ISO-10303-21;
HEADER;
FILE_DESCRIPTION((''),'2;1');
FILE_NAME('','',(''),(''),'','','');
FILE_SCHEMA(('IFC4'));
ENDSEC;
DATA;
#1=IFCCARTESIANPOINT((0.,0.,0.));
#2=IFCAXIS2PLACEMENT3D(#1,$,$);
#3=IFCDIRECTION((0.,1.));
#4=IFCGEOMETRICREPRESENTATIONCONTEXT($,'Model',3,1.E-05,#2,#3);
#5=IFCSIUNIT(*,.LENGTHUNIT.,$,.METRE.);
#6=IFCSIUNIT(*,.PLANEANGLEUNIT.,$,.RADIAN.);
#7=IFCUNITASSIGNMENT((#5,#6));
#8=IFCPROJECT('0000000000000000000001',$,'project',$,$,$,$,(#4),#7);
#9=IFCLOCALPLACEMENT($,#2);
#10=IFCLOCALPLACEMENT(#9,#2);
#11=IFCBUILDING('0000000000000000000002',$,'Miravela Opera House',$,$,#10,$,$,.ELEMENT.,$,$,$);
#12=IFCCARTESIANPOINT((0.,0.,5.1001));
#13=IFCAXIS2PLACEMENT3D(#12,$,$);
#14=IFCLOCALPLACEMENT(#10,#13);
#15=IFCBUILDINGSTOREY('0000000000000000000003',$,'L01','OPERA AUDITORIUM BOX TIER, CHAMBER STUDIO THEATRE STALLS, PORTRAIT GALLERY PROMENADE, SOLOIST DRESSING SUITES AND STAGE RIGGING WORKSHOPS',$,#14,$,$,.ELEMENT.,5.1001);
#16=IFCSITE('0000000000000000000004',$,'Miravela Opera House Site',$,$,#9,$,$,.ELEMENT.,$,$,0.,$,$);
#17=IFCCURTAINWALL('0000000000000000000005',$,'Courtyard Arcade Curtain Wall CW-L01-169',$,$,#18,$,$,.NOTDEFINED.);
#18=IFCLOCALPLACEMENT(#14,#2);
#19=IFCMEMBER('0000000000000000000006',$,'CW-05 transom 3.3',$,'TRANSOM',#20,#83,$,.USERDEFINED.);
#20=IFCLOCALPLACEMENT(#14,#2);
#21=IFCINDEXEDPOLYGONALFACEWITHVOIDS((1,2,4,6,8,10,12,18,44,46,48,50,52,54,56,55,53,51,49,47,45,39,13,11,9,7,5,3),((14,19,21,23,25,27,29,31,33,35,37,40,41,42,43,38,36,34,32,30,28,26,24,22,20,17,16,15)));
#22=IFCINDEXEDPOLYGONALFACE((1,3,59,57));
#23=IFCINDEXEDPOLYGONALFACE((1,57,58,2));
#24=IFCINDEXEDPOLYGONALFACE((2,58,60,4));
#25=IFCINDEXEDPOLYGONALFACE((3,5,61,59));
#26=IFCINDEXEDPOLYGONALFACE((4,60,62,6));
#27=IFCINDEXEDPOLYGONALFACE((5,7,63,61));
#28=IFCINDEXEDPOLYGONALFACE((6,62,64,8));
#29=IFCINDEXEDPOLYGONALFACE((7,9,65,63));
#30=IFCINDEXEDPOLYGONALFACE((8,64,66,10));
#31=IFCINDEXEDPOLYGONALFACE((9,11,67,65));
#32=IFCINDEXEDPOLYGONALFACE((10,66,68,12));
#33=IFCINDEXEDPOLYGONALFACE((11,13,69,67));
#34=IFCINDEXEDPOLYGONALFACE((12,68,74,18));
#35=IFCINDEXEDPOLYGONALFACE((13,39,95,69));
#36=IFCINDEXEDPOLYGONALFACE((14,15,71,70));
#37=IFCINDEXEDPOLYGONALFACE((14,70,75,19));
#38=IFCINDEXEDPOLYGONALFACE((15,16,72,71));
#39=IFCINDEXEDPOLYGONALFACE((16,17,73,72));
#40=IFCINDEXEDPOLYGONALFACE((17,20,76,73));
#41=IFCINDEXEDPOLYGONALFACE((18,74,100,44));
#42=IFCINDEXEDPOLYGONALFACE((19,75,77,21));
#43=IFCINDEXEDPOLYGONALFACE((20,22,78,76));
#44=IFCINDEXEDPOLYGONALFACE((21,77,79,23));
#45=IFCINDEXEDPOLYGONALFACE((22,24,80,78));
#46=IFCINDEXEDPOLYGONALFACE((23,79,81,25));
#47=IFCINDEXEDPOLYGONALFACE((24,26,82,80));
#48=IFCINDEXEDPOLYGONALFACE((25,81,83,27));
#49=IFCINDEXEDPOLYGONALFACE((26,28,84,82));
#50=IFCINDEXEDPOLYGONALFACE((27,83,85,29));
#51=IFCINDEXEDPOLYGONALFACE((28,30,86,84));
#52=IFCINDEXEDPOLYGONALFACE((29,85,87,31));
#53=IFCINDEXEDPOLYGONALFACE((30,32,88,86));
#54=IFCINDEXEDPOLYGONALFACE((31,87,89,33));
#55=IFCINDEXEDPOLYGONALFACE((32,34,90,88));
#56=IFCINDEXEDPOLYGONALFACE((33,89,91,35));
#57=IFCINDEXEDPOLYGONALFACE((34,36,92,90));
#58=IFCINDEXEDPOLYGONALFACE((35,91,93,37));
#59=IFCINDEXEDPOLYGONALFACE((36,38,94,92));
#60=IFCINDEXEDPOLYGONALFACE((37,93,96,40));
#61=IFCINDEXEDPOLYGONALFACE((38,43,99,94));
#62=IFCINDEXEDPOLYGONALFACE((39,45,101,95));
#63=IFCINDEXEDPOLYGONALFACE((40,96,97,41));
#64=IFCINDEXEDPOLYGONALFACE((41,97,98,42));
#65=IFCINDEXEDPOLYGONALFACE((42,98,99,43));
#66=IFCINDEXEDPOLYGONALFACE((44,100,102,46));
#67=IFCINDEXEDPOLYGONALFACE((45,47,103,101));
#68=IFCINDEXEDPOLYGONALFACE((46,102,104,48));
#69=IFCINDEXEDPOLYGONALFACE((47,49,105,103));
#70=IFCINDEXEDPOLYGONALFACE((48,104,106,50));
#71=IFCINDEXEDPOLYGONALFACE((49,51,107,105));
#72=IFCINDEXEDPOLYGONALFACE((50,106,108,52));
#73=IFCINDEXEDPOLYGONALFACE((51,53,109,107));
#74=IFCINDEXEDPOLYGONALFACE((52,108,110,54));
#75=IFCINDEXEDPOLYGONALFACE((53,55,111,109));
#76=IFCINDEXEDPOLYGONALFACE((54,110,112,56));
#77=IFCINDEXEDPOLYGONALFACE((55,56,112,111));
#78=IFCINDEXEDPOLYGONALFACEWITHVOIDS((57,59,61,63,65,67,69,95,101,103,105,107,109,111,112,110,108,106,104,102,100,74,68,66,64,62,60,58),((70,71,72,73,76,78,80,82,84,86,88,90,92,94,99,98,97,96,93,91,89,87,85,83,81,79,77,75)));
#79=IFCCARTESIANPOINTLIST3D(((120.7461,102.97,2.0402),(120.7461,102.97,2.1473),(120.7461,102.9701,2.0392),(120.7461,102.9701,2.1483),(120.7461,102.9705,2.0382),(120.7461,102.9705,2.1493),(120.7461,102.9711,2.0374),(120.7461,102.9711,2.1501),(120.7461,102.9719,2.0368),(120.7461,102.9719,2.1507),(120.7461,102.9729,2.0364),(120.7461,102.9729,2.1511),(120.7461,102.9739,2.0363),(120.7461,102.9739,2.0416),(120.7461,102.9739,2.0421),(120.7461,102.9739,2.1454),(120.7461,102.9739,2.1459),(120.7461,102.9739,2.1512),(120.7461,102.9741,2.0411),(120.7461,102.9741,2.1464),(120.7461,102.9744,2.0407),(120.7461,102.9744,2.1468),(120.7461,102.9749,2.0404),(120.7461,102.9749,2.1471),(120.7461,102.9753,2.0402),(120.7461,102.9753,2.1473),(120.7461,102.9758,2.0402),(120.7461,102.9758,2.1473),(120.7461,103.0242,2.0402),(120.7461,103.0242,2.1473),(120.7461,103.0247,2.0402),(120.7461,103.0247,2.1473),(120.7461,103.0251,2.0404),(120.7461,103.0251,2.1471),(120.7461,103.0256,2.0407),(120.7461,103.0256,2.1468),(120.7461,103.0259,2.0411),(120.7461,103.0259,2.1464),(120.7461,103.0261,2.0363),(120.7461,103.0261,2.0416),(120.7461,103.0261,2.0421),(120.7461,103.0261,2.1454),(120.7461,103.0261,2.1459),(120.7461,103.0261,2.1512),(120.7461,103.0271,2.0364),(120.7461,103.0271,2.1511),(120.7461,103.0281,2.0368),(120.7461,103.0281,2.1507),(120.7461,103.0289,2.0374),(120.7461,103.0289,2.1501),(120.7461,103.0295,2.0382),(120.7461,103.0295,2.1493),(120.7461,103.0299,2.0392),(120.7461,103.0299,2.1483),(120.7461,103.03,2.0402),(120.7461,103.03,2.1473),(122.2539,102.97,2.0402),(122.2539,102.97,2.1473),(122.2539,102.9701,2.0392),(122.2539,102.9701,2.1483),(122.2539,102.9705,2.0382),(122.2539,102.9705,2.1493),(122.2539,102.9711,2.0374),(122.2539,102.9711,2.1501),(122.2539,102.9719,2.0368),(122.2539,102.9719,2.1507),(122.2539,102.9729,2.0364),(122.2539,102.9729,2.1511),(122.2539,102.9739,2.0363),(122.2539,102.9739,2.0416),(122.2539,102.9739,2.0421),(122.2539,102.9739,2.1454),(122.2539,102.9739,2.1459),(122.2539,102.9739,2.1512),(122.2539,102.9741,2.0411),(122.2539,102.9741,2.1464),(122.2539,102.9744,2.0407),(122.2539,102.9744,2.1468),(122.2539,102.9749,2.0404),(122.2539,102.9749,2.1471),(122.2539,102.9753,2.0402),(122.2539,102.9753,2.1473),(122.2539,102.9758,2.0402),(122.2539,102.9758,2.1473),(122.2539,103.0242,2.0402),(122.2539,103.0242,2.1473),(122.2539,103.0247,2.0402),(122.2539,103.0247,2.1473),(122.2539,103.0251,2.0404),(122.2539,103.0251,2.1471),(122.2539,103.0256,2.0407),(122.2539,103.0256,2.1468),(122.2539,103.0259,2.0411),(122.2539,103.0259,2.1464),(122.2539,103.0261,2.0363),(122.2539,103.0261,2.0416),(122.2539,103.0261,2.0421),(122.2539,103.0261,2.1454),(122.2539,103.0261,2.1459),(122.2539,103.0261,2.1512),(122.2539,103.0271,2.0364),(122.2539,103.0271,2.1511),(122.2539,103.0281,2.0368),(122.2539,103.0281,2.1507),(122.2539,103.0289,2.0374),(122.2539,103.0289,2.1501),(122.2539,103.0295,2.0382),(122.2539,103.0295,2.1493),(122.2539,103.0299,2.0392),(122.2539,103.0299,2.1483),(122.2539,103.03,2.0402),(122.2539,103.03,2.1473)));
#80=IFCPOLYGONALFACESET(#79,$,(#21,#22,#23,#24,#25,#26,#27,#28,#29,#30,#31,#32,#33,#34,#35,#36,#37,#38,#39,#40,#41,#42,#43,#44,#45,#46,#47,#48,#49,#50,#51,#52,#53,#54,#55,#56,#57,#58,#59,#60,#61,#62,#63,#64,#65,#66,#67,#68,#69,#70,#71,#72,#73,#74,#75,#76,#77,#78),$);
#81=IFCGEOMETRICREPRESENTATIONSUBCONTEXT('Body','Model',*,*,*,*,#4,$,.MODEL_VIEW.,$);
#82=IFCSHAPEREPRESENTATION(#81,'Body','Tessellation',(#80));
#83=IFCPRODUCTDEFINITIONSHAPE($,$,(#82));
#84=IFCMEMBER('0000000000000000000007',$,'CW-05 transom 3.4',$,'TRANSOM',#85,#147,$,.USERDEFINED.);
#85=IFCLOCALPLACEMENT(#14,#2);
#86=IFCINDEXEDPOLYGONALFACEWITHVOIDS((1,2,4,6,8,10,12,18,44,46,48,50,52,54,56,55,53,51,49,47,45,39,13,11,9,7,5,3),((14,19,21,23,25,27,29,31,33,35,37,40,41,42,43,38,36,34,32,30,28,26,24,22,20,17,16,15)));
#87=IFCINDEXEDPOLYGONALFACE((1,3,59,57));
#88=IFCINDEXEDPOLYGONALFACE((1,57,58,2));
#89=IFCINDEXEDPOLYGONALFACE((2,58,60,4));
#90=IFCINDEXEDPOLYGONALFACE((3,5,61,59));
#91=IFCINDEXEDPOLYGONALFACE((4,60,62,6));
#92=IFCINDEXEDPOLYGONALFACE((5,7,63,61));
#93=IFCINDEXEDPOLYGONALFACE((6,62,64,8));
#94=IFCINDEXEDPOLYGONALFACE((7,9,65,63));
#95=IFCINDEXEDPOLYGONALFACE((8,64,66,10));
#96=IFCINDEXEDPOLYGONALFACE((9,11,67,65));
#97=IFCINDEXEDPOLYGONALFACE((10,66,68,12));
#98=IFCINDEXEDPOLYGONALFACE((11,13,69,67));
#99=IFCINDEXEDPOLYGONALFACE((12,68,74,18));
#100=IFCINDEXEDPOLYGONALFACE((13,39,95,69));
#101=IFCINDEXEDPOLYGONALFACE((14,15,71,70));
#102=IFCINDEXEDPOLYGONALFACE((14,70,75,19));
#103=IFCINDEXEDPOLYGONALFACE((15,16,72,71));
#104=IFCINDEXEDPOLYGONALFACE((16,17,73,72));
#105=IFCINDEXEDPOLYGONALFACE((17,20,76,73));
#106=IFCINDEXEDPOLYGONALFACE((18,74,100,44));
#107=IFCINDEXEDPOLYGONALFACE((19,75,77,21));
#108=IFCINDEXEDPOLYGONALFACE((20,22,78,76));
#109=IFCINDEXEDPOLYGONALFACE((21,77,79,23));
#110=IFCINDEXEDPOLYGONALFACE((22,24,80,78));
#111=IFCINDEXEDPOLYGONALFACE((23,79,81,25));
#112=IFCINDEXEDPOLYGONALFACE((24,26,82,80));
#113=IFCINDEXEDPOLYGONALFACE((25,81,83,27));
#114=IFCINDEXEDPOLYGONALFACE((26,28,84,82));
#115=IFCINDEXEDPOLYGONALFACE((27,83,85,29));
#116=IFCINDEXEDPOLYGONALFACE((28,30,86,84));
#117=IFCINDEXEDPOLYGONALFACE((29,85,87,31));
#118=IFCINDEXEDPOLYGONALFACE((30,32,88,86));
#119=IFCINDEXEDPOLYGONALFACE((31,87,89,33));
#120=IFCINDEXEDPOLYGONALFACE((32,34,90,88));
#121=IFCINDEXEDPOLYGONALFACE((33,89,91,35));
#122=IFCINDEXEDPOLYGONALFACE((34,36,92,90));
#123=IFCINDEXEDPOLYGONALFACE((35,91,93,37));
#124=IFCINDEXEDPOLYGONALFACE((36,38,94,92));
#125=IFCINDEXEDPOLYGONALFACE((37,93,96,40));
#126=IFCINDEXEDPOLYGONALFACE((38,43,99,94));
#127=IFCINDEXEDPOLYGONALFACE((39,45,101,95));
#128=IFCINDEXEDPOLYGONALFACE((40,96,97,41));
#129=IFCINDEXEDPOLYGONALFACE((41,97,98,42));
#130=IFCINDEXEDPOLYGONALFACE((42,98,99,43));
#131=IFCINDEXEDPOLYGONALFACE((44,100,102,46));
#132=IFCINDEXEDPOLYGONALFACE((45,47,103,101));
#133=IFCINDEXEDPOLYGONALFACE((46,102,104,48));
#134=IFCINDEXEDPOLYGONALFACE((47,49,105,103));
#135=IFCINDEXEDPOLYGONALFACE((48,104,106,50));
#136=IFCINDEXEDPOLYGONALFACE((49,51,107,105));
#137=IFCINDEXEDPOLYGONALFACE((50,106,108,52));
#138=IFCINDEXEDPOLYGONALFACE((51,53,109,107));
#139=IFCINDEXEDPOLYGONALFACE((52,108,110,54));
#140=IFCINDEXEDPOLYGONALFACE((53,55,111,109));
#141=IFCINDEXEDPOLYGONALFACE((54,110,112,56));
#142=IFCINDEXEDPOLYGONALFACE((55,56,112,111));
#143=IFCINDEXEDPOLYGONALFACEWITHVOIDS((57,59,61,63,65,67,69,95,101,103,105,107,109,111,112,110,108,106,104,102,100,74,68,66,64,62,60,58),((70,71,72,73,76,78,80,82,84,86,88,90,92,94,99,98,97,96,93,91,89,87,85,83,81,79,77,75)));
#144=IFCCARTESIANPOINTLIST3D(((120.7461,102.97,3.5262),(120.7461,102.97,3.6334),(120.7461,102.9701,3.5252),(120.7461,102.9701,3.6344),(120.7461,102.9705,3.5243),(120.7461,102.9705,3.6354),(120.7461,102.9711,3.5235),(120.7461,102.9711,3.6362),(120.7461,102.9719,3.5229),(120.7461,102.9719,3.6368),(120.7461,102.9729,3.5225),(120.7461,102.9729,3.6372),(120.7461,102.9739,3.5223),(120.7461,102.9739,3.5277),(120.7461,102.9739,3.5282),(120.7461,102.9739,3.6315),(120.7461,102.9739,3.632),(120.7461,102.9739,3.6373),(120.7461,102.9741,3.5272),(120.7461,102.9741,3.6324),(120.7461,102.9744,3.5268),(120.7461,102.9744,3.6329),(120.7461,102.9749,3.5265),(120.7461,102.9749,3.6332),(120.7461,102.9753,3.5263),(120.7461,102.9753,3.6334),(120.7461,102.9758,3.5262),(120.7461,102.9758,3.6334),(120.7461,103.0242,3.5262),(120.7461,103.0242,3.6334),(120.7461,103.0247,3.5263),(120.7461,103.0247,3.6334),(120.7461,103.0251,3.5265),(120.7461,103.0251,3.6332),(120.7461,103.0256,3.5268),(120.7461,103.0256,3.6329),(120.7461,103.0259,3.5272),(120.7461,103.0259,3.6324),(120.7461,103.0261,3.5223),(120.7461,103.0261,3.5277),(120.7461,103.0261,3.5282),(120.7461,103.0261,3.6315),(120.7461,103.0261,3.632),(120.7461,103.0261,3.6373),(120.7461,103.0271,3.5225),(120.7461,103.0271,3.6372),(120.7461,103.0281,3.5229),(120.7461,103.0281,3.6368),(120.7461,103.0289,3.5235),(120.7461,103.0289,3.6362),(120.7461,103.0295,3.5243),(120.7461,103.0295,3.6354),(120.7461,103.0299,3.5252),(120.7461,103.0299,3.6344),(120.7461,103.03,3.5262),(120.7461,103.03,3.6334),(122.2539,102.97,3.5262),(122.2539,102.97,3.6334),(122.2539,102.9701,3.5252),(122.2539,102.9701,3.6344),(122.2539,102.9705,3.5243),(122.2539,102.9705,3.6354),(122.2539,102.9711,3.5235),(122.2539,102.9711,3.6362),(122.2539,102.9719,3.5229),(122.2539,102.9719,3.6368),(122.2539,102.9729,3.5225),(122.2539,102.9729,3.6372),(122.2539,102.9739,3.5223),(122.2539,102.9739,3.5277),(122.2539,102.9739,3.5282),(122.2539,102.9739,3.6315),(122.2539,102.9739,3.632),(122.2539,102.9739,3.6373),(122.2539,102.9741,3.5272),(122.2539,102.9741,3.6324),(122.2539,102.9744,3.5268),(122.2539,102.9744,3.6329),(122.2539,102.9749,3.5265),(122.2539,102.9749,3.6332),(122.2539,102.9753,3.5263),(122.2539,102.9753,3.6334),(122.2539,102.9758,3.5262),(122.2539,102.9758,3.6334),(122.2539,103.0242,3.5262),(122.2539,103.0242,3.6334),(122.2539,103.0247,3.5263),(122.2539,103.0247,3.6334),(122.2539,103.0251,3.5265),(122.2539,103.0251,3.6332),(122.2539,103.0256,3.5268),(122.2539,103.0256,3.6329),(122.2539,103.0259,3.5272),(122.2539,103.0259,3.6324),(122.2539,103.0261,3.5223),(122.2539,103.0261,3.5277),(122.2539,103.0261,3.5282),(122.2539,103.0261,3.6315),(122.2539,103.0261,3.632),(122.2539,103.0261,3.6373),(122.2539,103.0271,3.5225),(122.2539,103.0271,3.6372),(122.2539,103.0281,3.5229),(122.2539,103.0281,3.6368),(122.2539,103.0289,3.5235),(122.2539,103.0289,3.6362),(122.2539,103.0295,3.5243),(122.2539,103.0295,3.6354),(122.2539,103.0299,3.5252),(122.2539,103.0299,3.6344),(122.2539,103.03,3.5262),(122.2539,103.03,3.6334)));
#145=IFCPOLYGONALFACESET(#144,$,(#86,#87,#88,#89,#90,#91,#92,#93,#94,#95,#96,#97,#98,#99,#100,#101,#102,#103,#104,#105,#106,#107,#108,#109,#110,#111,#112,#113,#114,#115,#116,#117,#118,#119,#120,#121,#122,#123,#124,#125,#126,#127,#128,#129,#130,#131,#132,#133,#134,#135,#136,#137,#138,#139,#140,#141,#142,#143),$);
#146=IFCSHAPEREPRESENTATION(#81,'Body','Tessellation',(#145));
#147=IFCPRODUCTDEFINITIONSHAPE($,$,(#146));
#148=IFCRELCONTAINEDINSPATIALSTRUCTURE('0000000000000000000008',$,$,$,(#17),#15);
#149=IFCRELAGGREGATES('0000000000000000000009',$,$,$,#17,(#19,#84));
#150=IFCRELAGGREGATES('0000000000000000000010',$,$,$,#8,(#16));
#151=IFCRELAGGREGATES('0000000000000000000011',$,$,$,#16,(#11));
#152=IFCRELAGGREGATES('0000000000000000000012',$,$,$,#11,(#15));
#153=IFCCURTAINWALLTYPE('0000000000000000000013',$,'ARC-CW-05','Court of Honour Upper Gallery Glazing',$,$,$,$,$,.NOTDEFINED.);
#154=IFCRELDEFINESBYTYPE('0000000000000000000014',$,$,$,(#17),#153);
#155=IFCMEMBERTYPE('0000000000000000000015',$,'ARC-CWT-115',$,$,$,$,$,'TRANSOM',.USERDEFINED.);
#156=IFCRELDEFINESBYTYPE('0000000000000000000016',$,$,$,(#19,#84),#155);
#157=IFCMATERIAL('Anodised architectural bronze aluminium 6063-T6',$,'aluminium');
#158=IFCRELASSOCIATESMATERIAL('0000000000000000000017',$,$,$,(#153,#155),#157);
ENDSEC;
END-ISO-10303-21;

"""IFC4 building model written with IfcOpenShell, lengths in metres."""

from ifc_helpers import new_model, si_unit, direction, frame, origin, origin_2d, place, context, subcontext, project, spatial, hollow_rectangle, extrude, material, material_profile, profile_set, type_object, element, aggregate, save


model = new_model("IFC4")

# Units and contexts
model_context = context("Model", 3, precision=1e-05, world=origin(), true_north=direction((0.0, 1.0)))
body_context = subcontext(model_context, "Body", "Model", "MODEL_VIEW")
ifc_project = project(units=[si_unit("LENGTHUNIT", "METRE"), si_unit("PLANEANGLEUNIT", "RADIAN")], contexts=[model_context])

# Site, building, storey
site_placement = place(None, origin())
site = spatial("IfcSite", under=ifc_project, at=site_placement, Name="Miravela Opera House Site", CompositionType="ELEMENT", RefElevation=0.0)
building_placement = place(site_placement, origin())
building = spatial("IfcBuilding", under=site, at=building_placement, Name="Miravela Opera House", CompositionType="ELEMENT")
storey_placement = place(building_placement, frame((0.0, 0.0, 5.1001)))
storey = spatial("IfcBuildingStorey", under=building, at=storey_placement, Name="L01", Description="OPERA AUDITORIUM BOX TIER, CHAMBER STUDIO THEATRE STALLS, PORTRAIT GALLERY PROMENADE, SOLOIST DRESSING SUITES AND STAGE RIGGING WORKSHOPS", CompositionType="ELEMENT", Elevation=5.1001)

# Curtain wall, members
ifc_material_1 = material(Name="Anodised architectural bronze aluminium 6063-T6", Category="aluminium")
curtain_wall_type = type_object("IfcCurtainWallType", Name="ARC-CW-05", Description="Court of Honour Upper Gallery Glazing", PredefinedType="NOTDEFINED", material=ifc_material_1)
curtain_wall_placement = place(storey_placement, origin())
curtain_wall = element("IfcCurtainWall", 1, at=curtain_wall_placement, inside=storey, type_object=curtain_wall_type, Name="Courtyard Arcade Curtain Wall CW-L01-169", PredefinedType="NOTDEFINED")
ifc_material_profile_1 = material_profile(ifc_material_1, hollow_rectangle(XDim=0.0601, YDim=0.115, WallThickness=0.0039, InnerFilletRadius=0.002, OuterFilletRadius=0.0039, at=origin_2d()), Name="CWT-60X115")
ifc_profile_set_1 = profile_set([ifc_material_profile_1])
member_type_1 = type_object("IfcMemberType", Name="ARC-CWT-115", ElementType="TRANSOM", PredefinedType="USERDEFINED", material=ifc_profile_set_1)
member_1_placement = place(storey_placement, frame((120.7461, 103.0, 2.0938), z_axis=(1.0, 0.0, 0.0), x_axis=(0.0, 1.0, 0.0)))
member_1 = element("IfcMember", 2, at=member_1_placement, type_object=member_type_1, Name="CW-05 transom 3.3", ObjectType="TRANSOM", PredefinedType="USERDEFINED", context=body_context, shape_type="SweptSolid", body=[
    extrude(hollow_rectangle(XDim=0.0601, YDim=0.115, WallThickness=0.0039, InnerFilletRadius=0.002, OuterFilletRadius=0.0039, at=origin_2d()), origin(), (0.0, 0.0, 1.0), 1.5078),
])
member_2_placement = place(storey_placement, frame((120.7461, 103.0, 3.5798), z_axis=(1.0, 0.0, 0.0), x_axis=(0.0, 1.0, 0.0)))
member_2 = element("IfcMember", 3, at=member_2_placement, type_object=member_type_1, Name="CW-05 transom 3.4", ObjectType="TRANSOM", PredefinedType="USERDEFINED", context=body_context, shape_type="SweptSolid", body=[
    extrude(hollow_rectangle(XDim=0.0601, YDim=0.115, WallThickness=0.0039, InnerFilletRadius=0.002, OuterFilletRadius=0.0039, at=origin_2d()), origin(), (0.0, 0.0, 1.0), 1.5078),
])
aggregate(curtain_wall, [member_1, member_2])

save(model, "model.ifc")
